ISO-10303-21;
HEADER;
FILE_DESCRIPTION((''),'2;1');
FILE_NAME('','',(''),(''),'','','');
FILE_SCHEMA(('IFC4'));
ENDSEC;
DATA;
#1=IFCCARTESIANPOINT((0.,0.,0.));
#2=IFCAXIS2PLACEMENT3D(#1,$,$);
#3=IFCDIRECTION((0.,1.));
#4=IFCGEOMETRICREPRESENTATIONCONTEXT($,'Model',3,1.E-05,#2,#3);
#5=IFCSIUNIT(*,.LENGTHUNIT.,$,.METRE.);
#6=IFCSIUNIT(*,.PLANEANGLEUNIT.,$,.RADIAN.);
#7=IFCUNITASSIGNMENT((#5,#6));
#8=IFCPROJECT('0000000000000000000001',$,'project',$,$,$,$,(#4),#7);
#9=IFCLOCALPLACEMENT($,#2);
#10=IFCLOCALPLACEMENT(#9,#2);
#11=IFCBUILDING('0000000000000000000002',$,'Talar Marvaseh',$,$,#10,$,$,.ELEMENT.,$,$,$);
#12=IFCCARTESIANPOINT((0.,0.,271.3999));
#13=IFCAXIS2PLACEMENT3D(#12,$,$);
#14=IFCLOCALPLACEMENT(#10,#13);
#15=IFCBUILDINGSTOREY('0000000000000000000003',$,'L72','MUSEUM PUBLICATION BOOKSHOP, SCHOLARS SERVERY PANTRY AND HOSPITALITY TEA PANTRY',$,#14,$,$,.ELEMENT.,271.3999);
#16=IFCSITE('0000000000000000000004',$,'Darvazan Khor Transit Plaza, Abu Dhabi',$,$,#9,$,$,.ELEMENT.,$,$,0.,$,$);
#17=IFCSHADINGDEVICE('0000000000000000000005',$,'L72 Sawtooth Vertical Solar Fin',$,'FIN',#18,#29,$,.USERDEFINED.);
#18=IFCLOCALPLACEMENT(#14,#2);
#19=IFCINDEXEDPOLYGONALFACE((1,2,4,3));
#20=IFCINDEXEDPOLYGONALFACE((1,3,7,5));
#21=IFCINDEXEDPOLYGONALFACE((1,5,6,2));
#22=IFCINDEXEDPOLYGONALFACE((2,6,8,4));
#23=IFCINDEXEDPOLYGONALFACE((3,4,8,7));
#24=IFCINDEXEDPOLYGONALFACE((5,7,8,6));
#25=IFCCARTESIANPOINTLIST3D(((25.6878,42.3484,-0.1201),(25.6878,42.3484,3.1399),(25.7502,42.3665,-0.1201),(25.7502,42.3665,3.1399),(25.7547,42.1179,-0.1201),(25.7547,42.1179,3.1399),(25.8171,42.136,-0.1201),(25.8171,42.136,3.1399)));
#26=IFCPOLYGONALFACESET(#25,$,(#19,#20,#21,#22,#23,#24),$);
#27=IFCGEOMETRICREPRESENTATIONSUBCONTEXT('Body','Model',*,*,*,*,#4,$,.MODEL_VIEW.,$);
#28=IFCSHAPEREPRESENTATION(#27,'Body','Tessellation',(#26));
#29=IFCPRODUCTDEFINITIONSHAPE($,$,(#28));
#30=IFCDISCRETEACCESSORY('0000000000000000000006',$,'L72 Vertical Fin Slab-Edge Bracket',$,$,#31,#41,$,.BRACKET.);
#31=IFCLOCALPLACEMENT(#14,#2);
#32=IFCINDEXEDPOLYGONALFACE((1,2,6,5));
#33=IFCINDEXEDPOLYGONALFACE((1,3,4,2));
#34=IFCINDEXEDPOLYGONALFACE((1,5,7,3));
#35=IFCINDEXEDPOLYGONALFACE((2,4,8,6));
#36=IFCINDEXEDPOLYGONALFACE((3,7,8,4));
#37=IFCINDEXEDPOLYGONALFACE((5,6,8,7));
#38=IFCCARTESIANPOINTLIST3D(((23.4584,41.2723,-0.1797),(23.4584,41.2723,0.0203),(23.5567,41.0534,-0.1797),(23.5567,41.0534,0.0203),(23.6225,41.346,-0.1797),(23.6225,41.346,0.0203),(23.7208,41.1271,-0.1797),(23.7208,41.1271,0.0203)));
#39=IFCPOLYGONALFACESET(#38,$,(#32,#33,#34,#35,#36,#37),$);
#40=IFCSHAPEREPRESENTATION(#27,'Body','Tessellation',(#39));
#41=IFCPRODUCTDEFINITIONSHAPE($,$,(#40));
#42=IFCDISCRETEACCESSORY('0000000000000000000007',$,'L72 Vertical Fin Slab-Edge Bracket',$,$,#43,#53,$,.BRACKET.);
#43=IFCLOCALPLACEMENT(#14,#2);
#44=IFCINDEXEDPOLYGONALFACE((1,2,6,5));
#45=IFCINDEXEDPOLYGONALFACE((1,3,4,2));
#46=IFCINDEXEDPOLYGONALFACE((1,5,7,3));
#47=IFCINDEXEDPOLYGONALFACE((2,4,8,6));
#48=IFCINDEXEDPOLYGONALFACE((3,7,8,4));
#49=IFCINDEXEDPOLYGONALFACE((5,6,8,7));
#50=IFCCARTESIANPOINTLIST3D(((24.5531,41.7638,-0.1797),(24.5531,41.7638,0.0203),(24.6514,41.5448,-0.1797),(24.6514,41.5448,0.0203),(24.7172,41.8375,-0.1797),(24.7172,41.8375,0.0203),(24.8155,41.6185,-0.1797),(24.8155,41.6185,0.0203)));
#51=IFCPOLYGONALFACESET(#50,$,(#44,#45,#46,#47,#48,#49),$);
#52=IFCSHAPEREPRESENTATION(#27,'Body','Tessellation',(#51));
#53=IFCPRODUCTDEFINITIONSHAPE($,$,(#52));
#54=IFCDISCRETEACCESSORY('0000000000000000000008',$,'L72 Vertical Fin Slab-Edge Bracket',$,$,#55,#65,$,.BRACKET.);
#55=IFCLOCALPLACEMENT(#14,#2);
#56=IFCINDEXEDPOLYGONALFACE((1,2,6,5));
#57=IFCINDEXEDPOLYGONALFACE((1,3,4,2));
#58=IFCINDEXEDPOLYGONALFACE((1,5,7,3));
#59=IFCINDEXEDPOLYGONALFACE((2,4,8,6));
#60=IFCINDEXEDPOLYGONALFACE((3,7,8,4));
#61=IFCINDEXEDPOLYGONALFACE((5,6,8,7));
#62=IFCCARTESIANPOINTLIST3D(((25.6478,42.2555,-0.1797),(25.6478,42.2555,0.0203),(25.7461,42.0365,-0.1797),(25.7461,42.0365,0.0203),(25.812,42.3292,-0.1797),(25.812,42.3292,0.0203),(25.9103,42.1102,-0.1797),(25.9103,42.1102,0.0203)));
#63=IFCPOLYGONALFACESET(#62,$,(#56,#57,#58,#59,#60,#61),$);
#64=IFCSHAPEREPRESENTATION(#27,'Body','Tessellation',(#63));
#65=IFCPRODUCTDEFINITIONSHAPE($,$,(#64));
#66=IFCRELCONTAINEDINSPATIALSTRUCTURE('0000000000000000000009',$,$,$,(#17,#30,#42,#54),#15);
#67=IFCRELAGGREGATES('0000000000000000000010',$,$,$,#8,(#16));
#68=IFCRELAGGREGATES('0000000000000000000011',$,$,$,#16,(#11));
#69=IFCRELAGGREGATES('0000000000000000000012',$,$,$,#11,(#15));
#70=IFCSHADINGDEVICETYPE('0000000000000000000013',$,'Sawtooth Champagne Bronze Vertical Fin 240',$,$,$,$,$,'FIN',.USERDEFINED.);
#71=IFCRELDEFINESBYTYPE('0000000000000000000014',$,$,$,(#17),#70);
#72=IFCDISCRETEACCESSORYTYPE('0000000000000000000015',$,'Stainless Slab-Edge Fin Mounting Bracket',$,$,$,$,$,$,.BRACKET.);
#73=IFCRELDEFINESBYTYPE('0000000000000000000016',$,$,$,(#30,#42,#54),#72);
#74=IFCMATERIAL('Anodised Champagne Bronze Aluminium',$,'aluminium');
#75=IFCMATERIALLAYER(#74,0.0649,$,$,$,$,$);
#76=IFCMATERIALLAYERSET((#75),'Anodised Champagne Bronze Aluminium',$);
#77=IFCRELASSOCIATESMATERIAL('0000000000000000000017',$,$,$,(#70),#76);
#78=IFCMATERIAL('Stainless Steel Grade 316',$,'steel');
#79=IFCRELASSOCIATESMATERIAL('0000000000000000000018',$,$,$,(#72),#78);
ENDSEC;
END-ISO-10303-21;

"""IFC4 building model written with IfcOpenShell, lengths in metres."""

from ifc_helpers import new_model, si_unit, direction, frame, origin, origin_2d, place, context, subcontext, project, spatial, rectangle, extrude, source, transform, mapped, material, layer, layer_set, type_object, type_shapes, element, save


model = new_model("IFC4")

# Units and contexts
model_context = context("Model", 3, precision=1e-05, world=origin(), true_north=direction((0.0, 1.0)))
body_context = subcontext(model_context, "Body", "Model", "MODEL_VIEW")
ifc_project = project(units=[si_unit("LENGTHUNIT", "METRE"), si_unit("PLANEANGLEUNIT", "RADIAN")], contexts=[model_context])

# Site, building, storey
site_placement = place(None, origin())
site = spatial("IfcSite", under=ifc_project, at=site_placement, Name="Darvazan Khor Transit Plaza, Abu Dhabi", CompositionType="ELEMENT", RefElevation=0.0)
building_placement = place(site_placement, origin())
building = spatial("IfcBuilding", under=site, at=building_placement, Name="Talar Marvaseh", CompositionType="ELEMENT")
storey_placement = place(building_placement, frame((0.0, 0.0, 271.3999)))
storey = spatial("IfcBuildingStorey", under=building, at=storey_placement, Name="L72", Description="MUSEUM PUBLICATION BOOKSHOP, SCHOLARS SERVERY PANTRY AND HOSPITALITY TEA PANTRY", CompositionType="ELEMENT", Elevation=271.3999)

# Shading device
ifc_material_1 = material(Name="Anodised Champagne Bronze Aluminium", Category="aluminium")
ifc_layer_1 = layer(ifc_material_1, 0.0649)
ifc_layer_set_1 = layer_set([ifc_layer_1], Name="Anodised Champagne Bronze Aluminium")
shading_device_type = type_object("IfcShadingDeviceType", Name="Sawtooth Champagne Bronze Vertical Fin 240", ElementType="FIN", PredefinedType="USERDEFINED", material=ifc_layer_set_1)
shared_shape_1 = source(origin(), body_context, "Body", "SweptSolid", [
    extrude(rectangle(XDim=0.24, YDim=0.0649, at=origin_2d()), origin(), (0.0, 0.0, 1.0), 3.26),
])
type_shapes(shading_device_type, [shared_shape_1])
for number, where, z_axis, x_axis, name in (
    (1, (25.7524, 42.2422, -0.1201), (0.0, 0.0, 1.0), (-0.278656, 0.960391, 0.0), "L72 Sawtooth Vertical Solar Fin"),
):
    element("IfcShadingDevice", number, at=place(storey_placement, frame(where, z_axis=z_axis, x_axis=x_axis)), inside=storey, type_object=shading_device_type, Name=name, ObjectType="FIN", PredefinedType="USERDEFINED", context=body_context, shape_type="MappedRepresentation", body=[
        mapped(shared_shape_1, transform((0.0, 0.0, 0.0), x_axis=(1.0, 0.0, 0.0), y_axis=(0.0, 1.0, 0.0), z_axis=(0.0, 0.0, 1.0), scale=1.0)),
    ])

# Discrete accessories
ifc_material_2 = material(Name="Stainless Steel Grade 316", Category="steel")
discrete_accessory_type = type_object("IfcDiscreteAccessoryType", Name="Stainless Slab-Edge Fin Mounting Bracket", PredefinedType="BRACKET", material=ifc_material_2)
shared_shape_2 = source(origin(), body_context, "Body", "SweptSolid", [
    extrude(rectangle(XDim=0.24, YDim=0.1799, at=origin_2d()), origin(), (0.0, 0.0, 1.0), 0.2),
])
type_shapes(discrete_accessory_type, [shared_shape_2])
for number, where, z_axis, x_axis, name in (
    (2, (23.5896, 41.1997, -0.1797), (0.0, 0.0, 1.0), (-0.409605, 0.912263, 0.0), "L72 Vertical Fin Slab-Edge Bracket"),
    (3, (24.6843, 41.6912, -0.1797), (0.0, 0.0, 1.0), (-0.409605, 0.912263, 0.0), "L72 Vertical Fin Slab-Edge Bracket"),
    (4, (25.7791, 42.1829, -0.1797), (0.0, 0.0, 1.0), (-0.409605, 0.912263, 0.0), "L72 Vertical Fin Slab-Edge Bracket"),
):
    element("IfcDiscreteAccessory", number, at=place(storey_placement, frame(where, z_axis=z_axis, x_axis=x_axis)), inside=storey, type_object=discrete_accessory_type, Name=name, PredefinedType="BRACKET", context=body_context, shape_type="MappedRepresentation", body=[
        mapped(shared_shape_2, transform((0.0, 0.0, 0.0), x_axis=(1.0, 0.0, 0.0), y_axis=(0.0, 1.0, 0.0), z_axis=(0.0, 0.0, 1.0), scale=1.0)),
    ])

save(model, "model.ifc")
